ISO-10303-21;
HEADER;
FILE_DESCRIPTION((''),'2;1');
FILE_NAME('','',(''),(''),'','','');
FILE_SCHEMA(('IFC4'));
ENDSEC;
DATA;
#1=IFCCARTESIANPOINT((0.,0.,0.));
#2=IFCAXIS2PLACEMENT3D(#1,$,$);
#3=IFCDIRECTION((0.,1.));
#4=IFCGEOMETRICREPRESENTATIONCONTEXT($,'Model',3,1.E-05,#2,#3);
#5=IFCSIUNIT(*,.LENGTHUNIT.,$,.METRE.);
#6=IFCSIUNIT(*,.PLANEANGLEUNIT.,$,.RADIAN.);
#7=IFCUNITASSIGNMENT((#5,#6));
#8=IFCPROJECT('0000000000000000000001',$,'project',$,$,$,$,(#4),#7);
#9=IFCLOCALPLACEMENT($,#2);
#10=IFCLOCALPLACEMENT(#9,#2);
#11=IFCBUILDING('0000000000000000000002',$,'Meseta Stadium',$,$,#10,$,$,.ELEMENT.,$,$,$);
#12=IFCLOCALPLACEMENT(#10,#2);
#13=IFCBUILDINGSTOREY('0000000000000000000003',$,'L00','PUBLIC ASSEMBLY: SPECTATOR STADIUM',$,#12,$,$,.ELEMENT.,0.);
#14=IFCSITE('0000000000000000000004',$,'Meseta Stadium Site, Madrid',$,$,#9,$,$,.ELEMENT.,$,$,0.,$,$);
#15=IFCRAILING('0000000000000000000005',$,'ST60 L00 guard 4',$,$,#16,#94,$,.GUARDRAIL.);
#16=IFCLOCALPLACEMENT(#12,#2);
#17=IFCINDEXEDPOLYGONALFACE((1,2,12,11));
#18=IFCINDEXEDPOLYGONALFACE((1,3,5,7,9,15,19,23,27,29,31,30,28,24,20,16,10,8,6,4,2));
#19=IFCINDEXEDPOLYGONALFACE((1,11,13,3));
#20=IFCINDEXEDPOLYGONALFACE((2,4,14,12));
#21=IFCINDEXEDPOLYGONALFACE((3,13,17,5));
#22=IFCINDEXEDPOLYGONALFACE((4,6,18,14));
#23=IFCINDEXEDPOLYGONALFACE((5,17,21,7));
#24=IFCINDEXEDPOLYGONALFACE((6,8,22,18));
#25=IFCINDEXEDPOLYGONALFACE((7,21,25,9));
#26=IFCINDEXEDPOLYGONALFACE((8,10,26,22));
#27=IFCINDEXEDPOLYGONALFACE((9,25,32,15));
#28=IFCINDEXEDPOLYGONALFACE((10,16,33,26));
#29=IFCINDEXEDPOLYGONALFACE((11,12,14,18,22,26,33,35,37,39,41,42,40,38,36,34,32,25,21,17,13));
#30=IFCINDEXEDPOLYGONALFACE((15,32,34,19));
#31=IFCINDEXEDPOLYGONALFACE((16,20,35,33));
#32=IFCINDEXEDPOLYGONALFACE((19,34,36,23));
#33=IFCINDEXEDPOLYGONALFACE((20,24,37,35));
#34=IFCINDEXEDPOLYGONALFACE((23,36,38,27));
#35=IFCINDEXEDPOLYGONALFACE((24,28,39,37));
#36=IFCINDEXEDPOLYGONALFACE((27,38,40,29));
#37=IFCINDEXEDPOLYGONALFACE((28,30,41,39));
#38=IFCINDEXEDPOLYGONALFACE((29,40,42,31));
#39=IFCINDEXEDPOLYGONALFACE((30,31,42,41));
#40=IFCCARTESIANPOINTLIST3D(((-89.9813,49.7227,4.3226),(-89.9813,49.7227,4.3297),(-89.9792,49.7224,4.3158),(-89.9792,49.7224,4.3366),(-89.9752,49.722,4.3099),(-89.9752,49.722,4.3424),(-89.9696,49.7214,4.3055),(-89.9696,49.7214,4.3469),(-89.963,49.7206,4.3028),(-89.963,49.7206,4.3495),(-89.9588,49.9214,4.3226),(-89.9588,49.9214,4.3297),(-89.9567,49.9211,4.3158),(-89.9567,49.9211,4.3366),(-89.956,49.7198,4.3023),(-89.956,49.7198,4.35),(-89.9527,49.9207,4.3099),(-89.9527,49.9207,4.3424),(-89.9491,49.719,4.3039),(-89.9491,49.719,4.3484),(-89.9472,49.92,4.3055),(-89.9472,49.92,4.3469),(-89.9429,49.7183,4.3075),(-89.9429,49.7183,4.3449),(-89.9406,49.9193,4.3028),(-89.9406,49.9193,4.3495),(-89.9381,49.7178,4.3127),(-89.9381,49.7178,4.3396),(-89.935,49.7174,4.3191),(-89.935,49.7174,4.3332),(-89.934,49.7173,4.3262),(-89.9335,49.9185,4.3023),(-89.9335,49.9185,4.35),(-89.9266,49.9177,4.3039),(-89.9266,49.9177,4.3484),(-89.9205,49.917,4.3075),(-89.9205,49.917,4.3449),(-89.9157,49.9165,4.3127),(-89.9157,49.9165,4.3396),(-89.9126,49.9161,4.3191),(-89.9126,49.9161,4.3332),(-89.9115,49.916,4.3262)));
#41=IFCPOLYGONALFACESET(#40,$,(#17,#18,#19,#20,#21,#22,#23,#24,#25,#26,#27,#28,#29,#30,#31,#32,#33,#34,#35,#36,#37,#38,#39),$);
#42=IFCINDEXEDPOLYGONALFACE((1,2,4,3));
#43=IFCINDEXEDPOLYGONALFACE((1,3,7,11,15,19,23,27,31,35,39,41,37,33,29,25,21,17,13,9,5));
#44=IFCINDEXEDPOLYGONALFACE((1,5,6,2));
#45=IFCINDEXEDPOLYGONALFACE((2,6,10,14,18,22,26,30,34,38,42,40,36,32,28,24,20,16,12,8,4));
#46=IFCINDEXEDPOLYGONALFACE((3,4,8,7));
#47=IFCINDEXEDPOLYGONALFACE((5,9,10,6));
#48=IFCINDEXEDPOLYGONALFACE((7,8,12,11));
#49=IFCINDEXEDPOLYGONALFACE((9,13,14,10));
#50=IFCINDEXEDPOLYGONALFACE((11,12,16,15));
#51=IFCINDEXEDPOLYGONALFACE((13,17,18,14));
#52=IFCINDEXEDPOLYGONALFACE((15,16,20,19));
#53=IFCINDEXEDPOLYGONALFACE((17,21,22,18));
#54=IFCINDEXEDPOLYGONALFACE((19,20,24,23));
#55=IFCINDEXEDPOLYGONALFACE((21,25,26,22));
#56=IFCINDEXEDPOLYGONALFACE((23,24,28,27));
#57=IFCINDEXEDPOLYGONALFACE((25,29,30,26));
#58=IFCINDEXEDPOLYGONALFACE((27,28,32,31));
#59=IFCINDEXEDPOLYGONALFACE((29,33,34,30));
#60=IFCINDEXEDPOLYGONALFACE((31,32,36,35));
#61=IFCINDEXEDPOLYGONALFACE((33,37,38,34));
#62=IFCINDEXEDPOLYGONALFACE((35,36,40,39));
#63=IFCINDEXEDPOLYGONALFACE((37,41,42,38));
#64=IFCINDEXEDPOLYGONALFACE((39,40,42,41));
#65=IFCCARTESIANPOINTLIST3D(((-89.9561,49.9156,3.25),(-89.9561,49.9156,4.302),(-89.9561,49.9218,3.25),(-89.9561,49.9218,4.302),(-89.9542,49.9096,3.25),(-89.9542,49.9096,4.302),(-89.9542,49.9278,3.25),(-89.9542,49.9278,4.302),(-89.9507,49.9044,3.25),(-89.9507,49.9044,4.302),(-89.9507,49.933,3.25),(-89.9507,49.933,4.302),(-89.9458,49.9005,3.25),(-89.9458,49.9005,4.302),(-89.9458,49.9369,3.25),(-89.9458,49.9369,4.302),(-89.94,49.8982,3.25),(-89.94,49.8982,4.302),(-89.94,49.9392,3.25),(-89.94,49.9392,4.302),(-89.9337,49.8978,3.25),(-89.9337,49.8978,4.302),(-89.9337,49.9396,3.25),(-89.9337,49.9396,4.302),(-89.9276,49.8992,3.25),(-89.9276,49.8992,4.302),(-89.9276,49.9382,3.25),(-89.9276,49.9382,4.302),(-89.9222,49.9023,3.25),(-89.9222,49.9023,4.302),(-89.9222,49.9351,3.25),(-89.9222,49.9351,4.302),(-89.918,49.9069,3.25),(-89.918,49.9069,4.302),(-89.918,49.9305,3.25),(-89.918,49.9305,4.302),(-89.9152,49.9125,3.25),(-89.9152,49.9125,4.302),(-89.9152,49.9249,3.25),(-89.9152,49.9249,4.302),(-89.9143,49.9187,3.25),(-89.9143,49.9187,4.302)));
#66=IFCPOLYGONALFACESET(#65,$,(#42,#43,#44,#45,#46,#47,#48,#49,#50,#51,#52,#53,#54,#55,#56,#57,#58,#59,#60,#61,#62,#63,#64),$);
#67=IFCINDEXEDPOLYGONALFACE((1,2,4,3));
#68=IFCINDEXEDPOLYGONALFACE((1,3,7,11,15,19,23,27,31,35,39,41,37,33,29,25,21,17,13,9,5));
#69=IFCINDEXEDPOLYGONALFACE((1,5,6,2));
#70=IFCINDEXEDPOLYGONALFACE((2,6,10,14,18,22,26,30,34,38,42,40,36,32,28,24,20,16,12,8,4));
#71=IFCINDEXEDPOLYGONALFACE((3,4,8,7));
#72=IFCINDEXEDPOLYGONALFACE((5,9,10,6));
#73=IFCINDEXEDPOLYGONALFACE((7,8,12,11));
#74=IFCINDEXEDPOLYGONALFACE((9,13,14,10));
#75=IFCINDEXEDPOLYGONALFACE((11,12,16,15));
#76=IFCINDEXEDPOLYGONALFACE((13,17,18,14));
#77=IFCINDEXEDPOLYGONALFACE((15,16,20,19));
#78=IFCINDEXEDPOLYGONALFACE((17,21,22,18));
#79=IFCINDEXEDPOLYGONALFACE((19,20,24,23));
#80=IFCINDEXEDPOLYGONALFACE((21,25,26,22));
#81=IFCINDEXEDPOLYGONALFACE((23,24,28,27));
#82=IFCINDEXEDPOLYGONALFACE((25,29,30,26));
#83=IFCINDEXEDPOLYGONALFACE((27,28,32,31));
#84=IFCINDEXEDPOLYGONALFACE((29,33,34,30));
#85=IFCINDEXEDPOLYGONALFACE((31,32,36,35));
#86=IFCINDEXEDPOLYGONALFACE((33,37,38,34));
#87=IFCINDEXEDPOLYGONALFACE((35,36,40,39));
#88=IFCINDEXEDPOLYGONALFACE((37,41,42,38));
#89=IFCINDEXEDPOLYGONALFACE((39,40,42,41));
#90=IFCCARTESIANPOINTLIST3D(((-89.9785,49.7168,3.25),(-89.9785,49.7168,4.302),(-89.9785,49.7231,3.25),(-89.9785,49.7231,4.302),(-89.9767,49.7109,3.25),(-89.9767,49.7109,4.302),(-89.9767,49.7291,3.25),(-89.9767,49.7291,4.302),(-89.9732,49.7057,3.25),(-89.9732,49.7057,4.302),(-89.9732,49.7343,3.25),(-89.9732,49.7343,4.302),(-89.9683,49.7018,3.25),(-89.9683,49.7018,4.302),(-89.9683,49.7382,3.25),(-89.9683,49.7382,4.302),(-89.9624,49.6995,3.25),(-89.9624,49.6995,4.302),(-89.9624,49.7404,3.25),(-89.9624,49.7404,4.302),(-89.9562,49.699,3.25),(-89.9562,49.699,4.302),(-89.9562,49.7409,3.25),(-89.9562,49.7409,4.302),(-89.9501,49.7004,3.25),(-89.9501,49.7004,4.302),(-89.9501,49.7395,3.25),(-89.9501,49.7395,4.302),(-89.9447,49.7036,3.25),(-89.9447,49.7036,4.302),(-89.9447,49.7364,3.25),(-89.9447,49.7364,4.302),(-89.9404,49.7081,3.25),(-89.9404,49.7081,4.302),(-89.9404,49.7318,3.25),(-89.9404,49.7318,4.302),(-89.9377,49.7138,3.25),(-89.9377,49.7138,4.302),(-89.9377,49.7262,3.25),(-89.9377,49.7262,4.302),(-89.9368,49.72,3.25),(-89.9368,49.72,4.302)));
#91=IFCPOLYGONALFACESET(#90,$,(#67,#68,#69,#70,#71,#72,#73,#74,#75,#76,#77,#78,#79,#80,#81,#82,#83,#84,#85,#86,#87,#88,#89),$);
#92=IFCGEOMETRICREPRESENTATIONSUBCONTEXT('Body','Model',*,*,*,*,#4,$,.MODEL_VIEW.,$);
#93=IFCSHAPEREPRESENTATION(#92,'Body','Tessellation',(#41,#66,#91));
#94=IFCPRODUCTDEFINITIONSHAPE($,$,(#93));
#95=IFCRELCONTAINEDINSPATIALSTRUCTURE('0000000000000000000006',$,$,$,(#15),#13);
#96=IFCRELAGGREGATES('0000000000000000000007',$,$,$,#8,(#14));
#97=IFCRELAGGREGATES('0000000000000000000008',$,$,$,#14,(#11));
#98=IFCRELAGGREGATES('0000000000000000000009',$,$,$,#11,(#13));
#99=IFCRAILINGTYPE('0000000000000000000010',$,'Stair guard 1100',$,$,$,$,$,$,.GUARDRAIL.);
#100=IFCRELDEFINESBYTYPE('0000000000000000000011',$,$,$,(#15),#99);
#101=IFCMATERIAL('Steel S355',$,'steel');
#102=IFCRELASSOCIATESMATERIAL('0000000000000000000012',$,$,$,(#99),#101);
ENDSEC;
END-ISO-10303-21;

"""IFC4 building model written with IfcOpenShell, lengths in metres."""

from ifc_helpers import new_model, si_unit, direction, frame, origin, origin_2d, place, context, subcontext, project, spatial, circle, extrude, material, type_object, element, save


model = new_model("IFC4")

# Units and contexts
model_context = context("Model", 3, precision=1e-05, world=origin(), true_north=direction((0.0, 1.0)))
body_context = subcontext(model_context, "Body", "Model", "MODEL_VIEW")
ifc_project = project(units=[si_unit("LENGTHUNIT", "METRE"), si_unit("PLANEANGLEUNIT", "RADIAN")], contexts=[model_context])

# Site, building, storey
site_placement = place(None, origin())
site = spatial("IfcSite", under=ifc_project, at=site_placement, Name="Meseta Stadium Site, Madrid", CompositionType="ELEMENT", RefElevation=0.0)
building_placement = place(site_placement, origin())
building = spatial("IfcBuilding", under=site, at=building_placement, Name="Meseta Stadium", CompositionType="ELEMENT")
storey_placement = place(building_placement, origin())
storey = spatial("IfcBuildingStorey", under=building, at=storey_placement, Name="L00", Description="PUBLIC ASSEMBLY: SPECTATOR STADIUM", CompositionType="ELEMENT", Elevation=0.0)

# Railing
ifc_material_1 = material(Name="Steel S355", Category="steel")
railing_type_1 = type_object("IfcRailingType", Name="Stair guard 1100", PredefinedType="GUARDRAIL", material=ifc_material_1)
railing_1_placement = place(storey_placement, frame((-89.9353, 49.9187, 3.25)))
element("IfcRailing", 1, at=railing_1_placement, inside=storey, type_object=railing_type_1, Name="ST60 L00 guard 4", PredefinedType="GUARDRAIL", context=body_context, shape_type="SweptSolid", body=[
    extrude(circle(Radius=0.0239, at=origin_2d()), frame((0.0, 0.0, 1.0762), z_axis=(-0.112307, -0.993674, 0.0), x_axis=(0.993674, -0.112307, 0.0)), (0.0, 0.0, 1.0), 0.2),
    extrude(circle(Radius=0.021, at=origin_2d()), origin(), (0.0, 0.0, 1.0), 1.052),
    extrude(circle(Radius=0.021, at=origin_2d()), frame((-0.0225, -0.1987, 0.0)), (0.0, 0.0, 1.0), 1.052),
])

save(model, "model.ifc")
